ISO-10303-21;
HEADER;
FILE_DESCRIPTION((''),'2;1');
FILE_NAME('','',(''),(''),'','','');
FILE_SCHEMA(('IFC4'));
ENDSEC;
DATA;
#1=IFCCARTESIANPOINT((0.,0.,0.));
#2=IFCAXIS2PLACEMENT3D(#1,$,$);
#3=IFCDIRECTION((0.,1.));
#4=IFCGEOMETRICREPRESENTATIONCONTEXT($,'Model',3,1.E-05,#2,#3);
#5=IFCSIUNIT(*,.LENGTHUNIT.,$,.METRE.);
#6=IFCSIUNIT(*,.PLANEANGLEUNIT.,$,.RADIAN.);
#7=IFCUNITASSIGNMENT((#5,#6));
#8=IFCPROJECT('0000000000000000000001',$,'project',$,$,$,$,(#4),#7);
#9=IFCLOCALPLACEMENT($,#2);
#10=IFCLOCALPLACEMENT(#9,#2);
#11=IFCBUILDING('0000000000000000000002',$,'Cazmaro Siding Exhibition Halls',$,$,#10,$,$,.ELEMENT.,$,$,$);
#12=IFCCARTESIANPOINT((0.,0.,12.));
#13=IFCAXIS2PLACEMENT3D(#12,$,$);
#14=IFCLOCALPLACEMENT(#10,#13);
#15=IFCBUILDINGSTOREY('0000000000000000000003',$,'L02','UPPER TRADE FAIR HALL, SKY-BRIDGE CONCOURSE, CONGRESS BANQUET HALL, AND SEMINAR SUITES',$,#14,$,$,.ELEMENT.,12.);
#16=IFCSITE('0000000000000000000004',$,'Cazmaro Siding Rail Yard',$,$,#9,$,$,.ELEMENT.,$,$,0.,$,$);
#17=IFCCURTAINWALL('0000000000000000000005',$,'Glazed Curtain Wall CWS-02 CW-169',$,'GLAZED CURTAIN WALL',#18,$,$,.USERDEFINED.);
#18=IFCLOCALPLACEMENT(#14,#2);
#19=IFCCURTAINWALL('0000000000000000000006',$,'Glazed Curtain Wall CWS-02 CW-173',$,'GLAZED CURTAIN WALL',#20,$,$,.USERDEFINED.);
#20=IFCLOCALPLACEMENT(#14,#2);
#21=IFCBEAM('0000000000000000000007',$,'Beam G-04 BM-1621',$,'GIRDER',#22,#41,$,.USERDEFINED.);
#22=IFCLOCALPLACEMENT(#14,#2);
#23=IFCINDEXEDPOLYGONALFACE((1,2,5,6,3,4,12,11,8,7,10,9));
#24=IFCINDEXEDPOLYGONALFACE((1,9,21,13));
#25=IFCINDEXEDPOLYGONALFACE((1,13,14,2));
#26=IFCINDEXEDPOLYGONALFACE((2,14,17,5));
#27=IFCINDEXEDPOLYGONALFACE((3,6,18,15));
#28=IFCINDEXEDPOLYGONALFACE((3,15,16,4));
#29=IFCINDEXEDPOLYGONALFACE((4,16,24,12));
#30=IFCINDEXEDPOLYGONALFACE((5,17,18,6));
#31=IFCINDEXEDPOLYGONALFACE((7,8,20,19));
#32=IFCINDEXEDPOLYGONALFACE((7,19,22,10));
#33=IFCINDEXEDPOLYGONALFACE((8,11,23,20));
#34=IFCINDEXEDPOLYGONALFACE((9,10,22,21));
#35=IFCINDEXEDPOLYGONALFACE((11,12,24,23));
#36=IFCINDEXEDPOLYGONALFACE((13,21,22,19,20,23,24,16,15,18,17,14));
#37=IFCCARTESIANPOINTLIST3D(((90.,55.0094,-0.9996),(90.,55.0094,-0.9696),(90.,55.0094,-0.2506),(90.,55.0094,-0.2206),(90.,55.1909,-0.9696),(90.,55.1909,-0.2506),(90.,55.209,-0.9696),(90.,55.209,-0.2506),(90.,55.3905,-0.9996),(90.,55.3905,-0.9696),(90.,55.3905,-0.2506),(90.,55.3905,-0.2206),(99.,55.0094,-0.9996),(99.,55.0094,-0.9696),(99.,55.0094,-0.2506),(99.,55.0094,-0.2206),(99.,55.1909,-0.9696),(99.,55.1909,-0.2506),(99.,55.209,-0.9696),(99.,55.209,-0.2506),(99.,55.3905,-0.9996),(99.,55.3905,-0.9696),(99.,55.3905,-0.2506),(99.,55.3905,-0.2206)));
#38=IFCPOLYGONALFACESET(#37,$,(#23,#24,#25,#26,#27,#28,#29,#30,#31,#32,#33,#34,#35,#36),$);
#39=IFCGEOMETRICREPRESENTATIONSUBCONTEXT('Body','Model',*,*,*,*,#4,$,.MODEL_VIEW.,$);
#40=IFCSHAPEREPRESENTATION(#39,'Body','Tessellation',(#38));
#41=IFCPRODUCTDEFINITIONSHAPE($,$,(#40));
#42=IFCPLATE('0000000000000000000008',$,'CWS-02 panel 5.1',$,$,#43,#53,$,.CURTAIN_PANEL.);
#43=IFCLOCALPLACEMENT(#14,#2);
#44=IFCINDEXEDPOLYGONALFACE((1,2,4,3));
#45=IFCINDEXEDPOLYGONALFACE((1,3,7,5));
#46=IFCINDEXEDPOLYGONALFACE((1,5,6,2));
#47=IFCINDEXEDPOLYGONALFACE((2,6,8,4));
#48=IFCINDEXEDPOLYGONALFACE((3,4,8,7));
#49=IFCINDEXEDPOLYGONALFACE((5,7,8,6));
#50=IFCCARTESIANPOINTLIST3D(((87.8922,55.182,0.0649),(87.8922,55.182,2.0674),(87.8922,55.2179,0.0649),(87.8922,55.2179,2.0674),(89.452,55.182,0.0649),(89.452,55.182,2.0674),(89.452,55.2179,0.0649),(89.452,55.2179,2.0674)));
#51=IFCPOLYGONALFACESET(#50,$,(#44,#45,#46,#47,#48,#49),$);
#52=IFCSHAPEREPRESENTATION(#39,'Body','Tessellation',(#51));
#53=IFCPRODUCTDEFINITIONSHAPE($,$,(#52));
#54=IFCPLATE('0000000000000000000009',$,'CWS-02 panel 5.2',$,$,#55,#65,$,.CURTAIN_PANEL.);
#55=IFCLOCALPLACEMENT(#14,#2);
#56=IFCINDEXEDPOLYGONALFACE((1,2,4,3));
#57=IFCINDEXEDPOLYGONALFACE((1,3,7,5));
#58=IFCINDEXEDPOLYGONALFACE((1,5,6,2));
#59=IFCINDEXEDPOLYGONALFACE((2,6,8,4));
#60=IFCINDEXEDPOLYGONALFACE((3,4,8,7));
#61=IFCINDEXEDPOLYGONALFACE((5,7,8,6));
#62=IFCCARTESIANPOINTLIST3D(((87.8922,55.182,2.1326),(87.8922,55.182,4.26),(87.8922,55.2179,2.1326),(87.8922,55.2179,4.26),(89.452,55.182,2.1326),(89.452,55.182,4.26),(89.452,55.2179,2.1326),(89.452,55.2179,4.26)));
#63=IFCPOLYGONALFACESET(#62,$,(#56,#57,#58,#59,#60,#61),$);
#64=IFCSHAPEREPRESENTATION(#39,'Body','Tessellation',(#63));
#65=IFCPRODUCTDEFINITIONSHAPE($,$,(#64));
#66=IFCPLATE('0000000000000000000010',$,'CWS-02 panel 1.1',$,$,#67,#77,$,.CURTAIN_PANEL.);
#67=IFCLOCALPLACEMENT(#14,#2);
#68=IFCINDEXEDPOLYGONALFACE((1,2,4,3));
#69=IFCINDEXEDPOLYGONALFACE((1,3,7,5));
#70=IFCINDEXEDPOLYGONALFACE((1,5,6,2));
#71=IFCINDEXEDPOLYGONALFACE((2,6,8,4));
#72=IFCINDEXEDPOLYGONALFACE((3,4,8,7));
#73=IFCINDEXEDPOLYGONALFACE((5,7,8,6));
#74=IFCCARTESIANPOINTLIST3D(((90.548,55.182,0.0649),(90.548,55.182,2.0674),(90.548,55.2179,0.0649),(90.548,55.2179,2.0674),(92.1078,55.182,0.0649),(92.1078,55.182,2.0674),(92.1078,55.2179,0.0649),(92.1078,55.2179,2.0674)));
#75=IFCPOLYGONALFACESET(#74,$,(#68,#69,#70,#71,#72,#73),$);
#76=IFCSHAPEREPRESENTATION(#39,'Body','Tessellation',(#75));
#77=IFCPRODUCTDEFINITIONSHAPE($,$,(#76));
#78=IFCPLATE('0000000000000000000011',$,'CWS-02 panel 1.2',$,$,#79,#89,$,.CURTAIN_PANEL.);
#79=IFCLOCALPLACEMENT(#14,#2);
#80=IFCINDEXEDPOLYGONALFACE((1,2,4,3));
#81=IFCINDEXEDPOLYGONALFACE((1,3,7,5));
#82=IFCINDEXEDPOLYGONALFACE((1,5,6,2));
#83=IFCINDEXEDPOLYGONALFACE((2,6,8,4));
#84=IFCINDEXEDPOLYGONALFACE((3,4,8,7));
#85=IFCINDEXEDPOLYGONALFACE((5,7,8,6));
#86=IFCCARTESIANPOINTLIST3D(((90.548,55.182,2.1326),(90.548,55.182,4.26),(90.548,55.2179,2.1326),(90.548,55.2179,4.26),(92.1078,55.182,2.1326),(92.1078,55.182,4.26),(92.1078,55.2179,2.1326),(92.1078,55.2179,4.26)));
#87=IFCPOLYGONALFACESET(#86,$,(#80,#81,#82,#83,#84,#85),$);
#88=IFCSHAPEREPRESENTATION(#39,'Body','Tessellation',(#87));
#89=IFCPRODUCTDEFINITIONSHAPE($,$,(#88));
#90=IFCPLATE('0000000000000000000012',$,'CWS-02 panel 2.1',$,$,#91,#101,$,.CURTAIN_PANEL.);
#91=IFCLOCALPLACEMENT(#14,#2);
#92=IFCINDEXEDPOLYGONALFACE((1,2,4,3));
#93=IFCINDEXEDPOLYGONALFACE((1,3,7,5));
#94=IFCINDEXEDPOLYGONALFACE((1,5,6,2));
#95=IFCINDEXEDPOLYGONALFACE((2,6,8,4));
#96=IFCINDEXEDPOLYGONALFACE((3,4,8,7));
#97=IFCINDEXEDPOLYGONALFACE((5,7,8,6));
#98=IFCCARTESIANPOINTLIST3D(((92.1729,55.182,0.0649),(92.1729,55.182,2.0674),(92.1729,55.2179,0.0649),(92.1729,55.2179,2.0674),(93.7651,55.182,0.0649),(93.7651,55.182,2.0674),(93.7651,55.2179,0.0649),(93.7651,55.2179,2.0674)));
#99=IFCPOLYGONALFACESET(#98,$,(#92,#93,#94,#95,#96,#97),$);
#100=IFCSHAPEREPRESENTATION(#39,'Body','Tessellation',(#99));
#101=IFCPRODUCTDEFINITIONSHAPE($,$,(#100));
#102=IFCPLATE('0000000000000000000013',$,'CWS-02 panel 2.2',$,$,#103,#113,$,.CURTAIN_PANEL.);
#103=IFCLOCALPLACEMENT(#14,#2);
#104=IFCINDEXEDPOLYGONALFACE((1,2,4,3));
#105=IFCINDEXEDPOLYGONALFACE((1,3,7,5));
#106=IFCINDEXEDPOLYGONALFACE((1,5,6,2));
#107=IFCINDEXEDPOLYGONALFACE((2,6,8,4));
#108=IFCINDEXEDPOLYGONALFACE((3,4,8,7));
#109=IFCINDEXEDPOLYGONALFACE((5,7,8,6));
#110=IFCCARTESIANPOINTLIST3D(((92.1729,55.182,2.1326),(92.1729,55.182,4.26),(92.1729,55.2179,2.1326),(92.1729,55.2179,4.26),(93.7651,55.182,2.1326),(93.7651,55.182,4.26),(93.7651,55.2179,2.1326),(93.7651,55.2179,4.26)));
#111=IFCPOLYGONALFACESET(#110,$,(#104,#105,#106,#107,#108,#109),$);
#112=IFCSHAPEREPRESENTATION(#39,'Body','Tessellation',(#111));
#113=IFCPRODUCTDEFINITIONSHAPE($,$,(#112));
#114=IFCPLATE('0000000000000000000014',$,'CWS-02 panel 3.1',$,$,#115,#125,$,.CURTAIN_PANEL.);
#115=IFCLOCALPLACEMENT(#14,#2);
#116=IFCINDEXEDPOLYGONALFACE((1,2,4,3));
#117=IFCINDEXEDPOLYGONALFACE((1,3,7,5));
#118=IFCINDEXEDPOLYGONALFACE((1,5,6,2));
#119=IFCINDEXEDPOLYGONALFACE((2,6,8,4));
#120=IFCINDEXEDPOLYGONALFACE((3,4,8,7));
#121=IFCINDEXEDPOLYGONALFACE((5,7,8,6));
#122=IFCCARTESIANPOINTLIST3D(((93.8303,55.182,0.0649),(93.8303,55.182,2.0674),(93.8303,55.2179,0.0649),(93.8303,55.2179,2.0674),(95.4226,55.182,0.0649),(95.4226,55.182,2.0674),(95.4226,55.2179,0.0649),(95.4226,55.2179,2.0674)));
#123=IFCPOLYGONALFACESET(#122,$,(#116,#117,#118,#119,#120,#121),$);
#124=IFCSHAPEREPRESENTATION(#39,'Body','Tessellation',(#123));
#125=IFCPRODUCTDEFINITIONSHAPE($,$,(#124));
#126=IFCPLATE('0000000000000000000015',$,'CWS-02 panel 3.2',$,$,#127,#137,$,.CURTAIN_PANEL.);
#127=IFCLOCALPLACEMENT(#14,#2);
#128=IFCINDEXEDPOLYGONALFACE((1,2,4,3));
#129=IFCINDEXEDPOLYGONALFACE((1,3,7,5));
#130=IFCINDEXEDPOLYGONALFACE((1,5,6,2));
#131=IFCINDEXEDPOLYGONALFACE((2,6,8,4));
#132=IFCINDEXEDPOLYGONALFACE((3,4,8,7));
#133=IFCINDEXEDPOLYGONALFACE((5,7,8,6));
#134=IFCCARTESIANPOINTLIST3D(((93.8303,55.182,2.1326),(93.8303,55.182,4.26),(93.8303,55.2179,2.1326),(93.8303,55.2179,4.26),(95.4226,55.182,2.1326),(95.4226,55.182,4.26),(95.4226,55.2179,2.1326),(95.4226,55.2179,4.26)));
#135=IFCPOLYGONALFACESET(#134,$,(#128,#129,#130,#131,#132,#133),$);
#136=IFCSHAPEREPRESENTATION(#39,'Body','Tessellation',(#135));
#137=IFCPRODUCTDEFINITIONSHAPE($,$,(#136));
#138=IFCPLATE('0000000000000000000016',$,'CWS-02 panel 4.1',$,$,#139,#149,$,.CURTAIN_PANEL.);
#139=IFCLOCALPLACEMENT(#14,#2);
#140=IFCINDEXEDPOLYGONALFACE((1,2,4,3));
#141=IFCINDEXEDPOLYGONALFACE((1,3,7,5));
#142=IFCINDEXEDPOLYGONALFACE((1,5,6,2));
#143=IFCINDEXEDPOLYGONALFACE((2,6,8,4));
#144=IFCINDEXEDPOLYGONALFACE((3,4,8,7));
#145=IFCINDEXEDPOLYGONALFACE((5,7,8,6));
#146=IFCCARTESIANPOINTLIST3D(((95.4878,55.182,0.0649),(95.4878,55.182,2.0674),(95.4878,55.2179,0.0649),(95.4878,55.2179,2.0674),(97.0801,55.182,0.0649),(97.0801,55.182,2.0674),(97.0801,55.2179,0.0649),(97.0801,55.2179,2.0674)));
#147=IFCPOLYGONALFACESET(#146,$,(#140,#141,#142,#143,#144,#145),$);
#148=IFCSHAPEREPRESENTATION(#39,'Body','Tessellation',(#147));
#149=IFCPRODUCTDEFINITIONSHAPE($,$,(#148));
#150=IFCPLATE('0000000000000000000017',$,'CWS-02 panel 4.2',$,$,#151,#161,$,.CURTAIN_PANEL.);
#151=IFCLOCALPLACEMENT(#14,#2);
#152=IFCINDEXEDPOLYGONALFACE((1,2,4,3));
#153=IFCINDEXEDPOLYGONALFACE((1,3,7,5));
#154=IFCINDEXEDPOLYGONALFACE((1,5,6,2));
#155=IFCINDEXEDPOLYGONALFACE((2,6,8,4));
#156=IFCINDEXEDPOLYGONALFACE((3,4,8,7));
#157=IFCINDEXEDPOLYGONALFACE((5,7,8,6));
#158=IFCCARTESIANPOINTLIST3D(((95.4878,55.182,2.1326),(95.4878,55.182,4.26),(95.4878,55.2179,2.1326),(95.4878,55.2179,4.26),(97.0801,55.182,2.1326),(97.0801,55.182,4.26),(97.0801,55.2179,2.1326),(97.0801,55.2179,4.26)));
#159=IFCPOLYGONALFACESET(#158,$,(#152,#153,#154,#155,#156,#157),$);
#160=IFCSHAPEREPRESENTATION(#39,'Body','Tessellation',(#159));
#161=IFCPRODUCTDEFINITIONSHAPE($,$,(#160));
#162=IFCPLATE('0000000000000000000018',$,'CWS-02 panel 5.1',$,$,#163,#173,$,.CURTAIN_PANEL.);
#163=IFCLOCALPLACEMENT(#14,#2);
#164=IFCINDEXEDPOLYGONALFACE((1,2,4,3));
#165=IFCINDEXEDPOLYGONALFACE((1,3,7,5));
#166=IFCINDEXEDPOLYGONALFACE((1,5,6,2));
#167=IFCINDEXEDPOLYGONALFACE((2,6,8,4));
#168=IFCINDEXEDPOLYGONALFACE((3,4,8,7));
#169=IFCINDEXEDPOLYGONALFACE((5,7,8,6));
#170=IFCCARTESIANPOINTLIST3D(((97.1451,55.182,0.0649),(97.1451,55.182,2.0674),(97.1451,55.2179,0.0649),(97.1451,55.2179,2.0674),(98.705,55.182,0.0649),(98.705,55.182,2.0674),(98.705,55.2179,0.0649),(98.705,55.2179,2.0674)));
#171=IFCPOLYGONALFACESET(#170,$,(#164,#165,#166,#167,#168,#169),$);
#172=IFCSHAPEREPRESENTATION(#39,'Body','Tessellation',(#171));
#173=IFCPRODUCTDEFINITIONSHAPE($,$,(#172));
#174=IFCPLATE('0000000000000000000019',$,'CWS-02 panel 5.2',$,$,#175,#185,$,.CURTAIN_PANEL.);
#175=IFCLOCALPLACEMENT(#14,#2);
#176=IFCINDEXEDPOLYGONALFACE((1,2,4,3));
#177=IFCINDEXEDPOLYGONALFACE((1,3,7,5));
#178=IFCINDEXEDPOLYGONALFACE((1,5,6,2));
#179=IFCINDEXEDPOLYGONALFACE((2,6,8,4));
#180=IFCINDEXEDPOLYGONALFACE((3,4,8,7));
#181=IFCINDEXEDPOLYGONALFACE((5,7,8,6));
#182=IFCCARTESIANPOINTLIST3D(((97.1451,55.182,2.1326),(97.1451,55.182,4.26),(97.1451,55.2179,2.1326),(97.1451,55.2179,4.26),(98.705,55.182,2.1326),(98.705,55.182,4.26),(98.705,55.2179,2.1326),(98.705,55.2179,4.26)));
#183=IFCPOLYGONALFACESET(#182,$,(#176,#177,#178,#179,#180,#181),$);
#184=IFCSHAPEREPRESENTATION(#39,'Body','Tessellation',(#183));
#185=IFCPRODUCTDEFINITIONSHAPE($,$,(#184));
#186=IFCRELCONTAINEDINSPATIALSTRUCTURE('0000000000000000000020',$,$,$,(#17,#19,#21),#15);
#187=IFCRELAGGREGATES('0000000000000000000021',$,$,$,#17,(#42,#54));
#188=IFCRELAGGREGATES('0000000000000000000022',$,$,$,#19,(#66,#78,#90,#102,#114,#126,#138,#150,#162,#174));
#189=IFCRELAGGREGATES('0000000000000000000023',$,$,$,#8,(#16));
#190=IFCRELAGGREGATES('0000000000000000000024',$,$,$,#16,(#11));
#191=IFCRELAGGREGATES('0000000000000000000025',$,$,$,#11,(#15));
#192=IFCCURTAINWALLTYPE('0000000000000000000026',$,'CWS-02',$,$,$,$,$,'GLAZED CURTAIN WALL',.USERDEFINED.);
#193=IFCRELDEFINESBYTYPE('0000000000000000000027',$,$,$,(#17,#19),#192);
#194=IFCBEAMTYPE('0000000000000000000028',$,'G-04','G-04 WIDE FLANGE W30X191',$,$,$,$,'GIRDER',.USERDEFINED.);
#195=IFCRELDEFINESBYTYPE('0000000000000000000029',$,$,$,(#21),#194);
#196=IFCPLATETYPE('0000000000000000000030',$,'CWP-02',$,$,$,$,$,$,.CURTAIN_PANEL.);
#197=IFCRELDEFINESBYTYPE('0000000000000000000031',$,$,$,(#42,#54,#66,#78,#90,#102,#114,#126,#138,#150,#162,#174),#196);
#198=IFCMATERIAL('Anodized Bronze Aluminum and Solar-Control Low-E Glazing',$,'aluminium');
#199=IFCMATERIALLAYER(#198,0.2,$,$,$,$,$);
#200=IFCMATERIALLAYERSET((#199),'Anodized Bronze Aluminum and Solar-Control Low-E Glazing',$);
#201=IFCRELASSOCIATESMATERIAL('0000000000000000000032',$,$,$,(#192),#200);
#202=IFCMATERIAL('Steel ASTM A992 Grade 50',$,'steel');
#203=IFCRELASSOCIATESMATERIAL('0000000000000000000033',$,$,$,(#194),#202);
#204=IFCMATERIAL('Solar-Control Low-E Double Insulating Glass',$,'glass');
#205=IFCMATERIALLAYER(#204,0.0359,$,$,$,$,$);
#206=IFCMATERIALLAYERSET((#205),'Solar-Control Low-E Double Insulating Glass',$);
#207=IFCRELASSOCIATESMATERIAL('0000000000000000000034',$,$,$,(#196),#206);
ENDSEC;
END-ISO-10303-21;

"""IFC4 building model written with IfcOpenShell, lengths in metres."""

from ifc_helpers import new_model, si_unit, direction, frame, origin, origin_2d, place, context, subcontext, project, spatial, rectangle, i_section, extrude, material, layer, layer_set, material_profile, profile_set, type_object, element, aggregate, save


model = new_model("IFC4")

# Units and contexts
model_context = context("Model", 3, precision=1e-05, world=origin(), true_north=direction((0.0, 1.0)))
body_context = subcontext(model_context, "Body", "Model", "MODEL_VIEW")
ifc_project = project(units=[si_unit("LENGTHUNIT", "METRE"), si_unit("PLANEANGLEUNIT", "RADIAN")], contexts=[model_context])

# Site, building, storey
site_placement = place(None, origin())
site = spatial("IfcSite", under=ifc_project, at=site_placement, Name="Cazmaro Siding Rail Yard", CompositionType="ELEMENT", RefElevation=0.0)
building_placement = place(site_placement, origin())
building = spatial("IfcBuilding", under=site, at=building_placement, Name="Cazmaro Siding Exhibition Halls", CompositionType="ELEMENT")
storey_placement = place(building_placement, frame((0.0, 0.0, 12.0)))
storey = spatial("IfcBuildingStorey", under=building, at=storey_placement, Name="L02", Description="UPPER TRADE FAIR HALL, SKY-BRIDGE CONCOURSE, CONGRESS BANQUET HALL, AND SEMINAR SUITES", CompositionType="ELEMENT", Elevation=12.0)

# Curtain wall
ifc_material_1 = material(Name="Anodized Bronze Aluminum and Solar-Control Low-E Glazing", Category="aluminium")
ifc_layer_1 = layer(ifc_material_1, 0.2)
ifc_layer_set_1 = layer_set([ifc_layer_1], Name="Anodized Bronze Aluminum and Solar-Control Low-E Glazing")
curtain_wall_type = type_object("IfcCurtainWallType", Name="CWS-02", ElementType="GLAZED CURTAIN WALL", PredefinedType="USERDEFINED", material=ifc_layer_set_1)
curtain_wall_1_placement = place(storey_placement, origin())
curtain_wall_1 = element("IfcCurtainWall", 1, at=curtain_wall_1_placement, inside=storey, type_object=curtain_wall_type, Name="Glazed Curtain Wall CWS-02 CW-169", ObjectType="GLAZED CURTAIN WALL", PredefinedType="USERDEFINED")

# Curtain wall
curtain_wall_2_placement = place(storey_placement, origin())
curtain_wall_2 = element("IfcCurtainWall", 2, at=curtain_wall_2_placement, inside=storey, type_object=curtain_wall_type, Name="Glazed Curtain Wall CWS-02 CW-173", ObjectType="GLAZED CURTAIN WALL", PredefinedType="USERDEFINED")

# Beam
ifc_material_2 = material(Name="Steel ASTM A992 Grade 50", Category="steel")
ifc_material_profile_1 = material_profile(ifc_material_2, i_section(OverallWidth=0.3811, OverallDepth=0.7791, WebThickness=0.0181, FlangeThickness=0.03, at=origin_2d()), Name="W30X191")
ifc_profile_set_1 = profile_set([ifc_material_profile_1], Name="Steel ASTM A992 Grade 50")
beam_type_1 = type_object("IfcBeamType", Name="G-04", Description="G-04 WIDE FLANGE W30X191", ElementType="GIRDER", PredefinedType="USERDEFINED", material=ifc_profile_set_1)
beam_1_placement = place(storey_placement, frame((90.0, 55.2, -0.6101), z_axis=(1.0, 0.0, 0.0), x_axis=(0.0, 1.0, 0.0)))
element("IfcBeam", 3, at=beam_1_placement, inside=storey, type_object=beam_type_1, Name="Beam G-04 BM-1621", ObjectType="GIRDER", PredefinedType="USERDEFINED", context=body_context, shape_type="SweptSolid", body=[
    extrude(i_section(OverallWidth=0.3811, OverallDepth=0.7791, WebThickness=0.0181, FlangeThickness=0.03, at=origin_2d()), origin(), (0.0, 0.0, 1.0), 9.0),
])

# Plates
ifc_material_3 = material(Name="Solar-Control Low-E Double Insulating Glass", Category="glass")
ifc_layer_2 = layer(ifc_material_3, 0.0359)
ifc_layer_set_2 = layer_set([ifc_layer_2], Name="Solar-Control Low-E Double Insulating Glass")
plate_type = type_object("IfcPlateType", Name="CWP-02", PredefinedType="CURTAIN_PANEL", material=ifc_layer_set_2)
plate_1_placement = place(storey_placement, frame((88.6721, 55.2, 0.0649), z_axis=(0.0, 0.0, 1.0), x_axis=(1.0, 0.0, 0.0)))
plate_1 = element("IfcPlate", 4, at=plate_1_placement, type_object=plate_type, Name="CWS-02 panel 5.1", PredefinedType="CURTAIN_PANEL", context=body_context, shape_type="SweptSolid", body=[
    extrude(rectangle(XDim=1.5598, YDim=0.0359, at=origin_2d()), origin(), (0.0, 0.0, 1.0), 2.0024),
])
plate_2_placement = place(storey_placement, frame((88.6721, 55.2, 2.1326), z_axis=(0.0, 0.0, 1.0), x_axis=(1.0, 0.0, 0.0)))
plate_2 = element("IfcPlate", 5, at=plate_2_placement, type_object=plate_type, Name="CWS-02 panel 5.2", PredefinedType="CURTAIN_PANEL", context=body_context, shape_type="SweptSolid", body=[
    extrude(rectangle(XDim=1.5598, YDim=0.0359, at=origin_2d()), origin(), (0.0, 0.0, 1.0), 2.1274),
])
aggregate(curtain_wall_1, [plate_1, plate_2])
plate_3_placement = place(storey_placement, frame((91.3279, 55.2, 0.0649), z_axis=(0.0, 0.0, 1.0), x_axis=(1.0, 0.0, 0.0)))
plate_3 = element("IfcPlate", 6, at=plate_3_placement, type_object=plate_type, Name="CWS-02 panel 1.1", PredefinedType="CURTAIN_PANEL", context=body_context, shape_type="SweptSolid", body=[
    extrude(rectangle(XDim=1.5598, YDim=0.0359, at=origin_2d()), origin(), (0.0, 0.0, 1.0), 2.0024),
])
plate_4_placement = place(storey_placement, frame((91.3279, 55.2, 2.1326), z_axis=(0.0, 0.0, 1.0), x_axis=(1.0, 0.0, 0.0)))
plate_4 = element("IfcPlate", 7, at=plate_4_placement, type_object=plate_type, Name="CWS-02 panel 1.2", PredefinedType="CURTAIN_PANEL", context=body_context, shape_type="SweptSolid", body=[
    extrude(rectangle(XDim=1.5598, YDim=0.0359, at=origin_2d()), origin(), (0.0, 0.0, 1.0), 2.1274),
])
plate_5_placement = place(storey_placement, frame((92.969, 55.2, 0.0649), z_axis=(0.0, 0.0, 1.0), x_axis=(1.0, 0.0, 0.0)))
plate_5 = element("IfcPlate", 8, at=plate_5_placement, type_object=plate_type, Name="CWS-02 panel 2.1", PredefinedType="CURTAIN_PANEL", context=body_context, shape_type="SweptSolid", body=[
    extrude(rectangle(XDim=1.5923, YDim=0.0359, at=origin_2d()), origin(), (0.0, 0.0, 1.0), 2.0024),
])
plate_6_placement = place(storey_placement, frame((92.969, 55.2, 2.1326), z_axis=(0.0, 0.0, 1.0), x_axis=(1.0, 0.0, 0.0)))
plate_6 = element("IfcPlate", 9, at=plate_6_placement, type_object=plate_type, Name="CWS-02 panel 2.2", PredefinedType="CURTAIN_PANEL", context=body_context, shape_type="SweptSolid", body=[
    extrude(rectangle(XDim=1.5923, YDim=0.0359, at=origin_2d()), origin(), (0.0, 0.0, 1.0), 2.1274),
])
plate_7_placement = place(storey_placement, frame((94.6265, 55.2, 0.0649), z_axis=(0.0, 0.0, 1.0), x_axis=(1.0, 0.0, 0.0)))
plate_7 = element("IfcPlate", 10, at=plate_7_placement, type_object=plate_type, Name="CWS-02 panel 3.1", PredefinedType="CURTAIN_PANEL", context=body_context, shape_type="SweptSolid", body=[
    extrude(rectangle(XDim=1.5923, YDim=0.0359, at=origin_2d()), origin(), (0.0, 0.0, 1.0), 2.0024),
])
plate_8_placement = place(storey_placement, frame((94.6265, 55.2, 2.1326), z_axis=(0.0, 0.0, 1.0), x_axis=(1.0, 0.0, 0.0)))
plate_8 = element("IfcPlate", 11, at=plate_8_placement, type_object=plate_type, Name="CWS-02 panel 3.2", PredefinedType="CURTAIN_PANEL", context=body_context, shape_type="SweptSolid", body=[
    extrude(rectangle(XDim=1.5923, YDim=0.0359, at=origin_2d()), origin(), (0.0, 0.0, 1.0), 2.1274),
])
plate_9_placement = place(storey_placement, frame((96.2839, 55.2, 0.0649), z_axis=(0.0, 0.0, 1.0), x_axis=(1.0, 0.0, 0.0)))
plate_9 = element("IfcPlate", 12, at=plate_9_placement, type_object=plate_type, Name="CWS-02 panel 4.1", PredefinedType="CURTAIN_PANEL", context=body_context, shape_type="SweptSolid", body=[
    extrude(rectangle(XDim=1.5923, YDim=0.0359, at=origin_2d()), origin(), (0.0, 0.0, 1.0), 2.0024),
])
plate_10_placement = place(storey_placement, frame((96.2839, 55.2, 2.1326), z_axis=(0.0, 0.0, 1.0), x_axis=(1.0, 0.0, 0.0)))
plate_10 = element("IfcPlate", 13, at=plate_10_placement, type_object=plate_type, Name="CWS-02 panel 4.2", PredefinedType="CURTAIN_PANEL", context=body_context, shape_type="SweptSolid", body=[
    extrude(rectangle(XDim=1.5923, YDim=0.0359, at=origin_2d()), origin(), (0.0, 0.0, 1.0), 2.1274),
])
plate_11_placement = place(storey_placement, frame((97.925, 55.2, 0.0649), z_axis=(0.0, 0.0, 1.0), x_axis=(1.0, 0.0, 0.0)))
plate_11 = element("IfcPlate", 14, at=plate_11_placement, type_object=plate_type, Name="CWS-02 panel 5.1", PredefinedType="CURTAIN_PANEL", context=body_context, shape_type="SweptSolid", body=[
    extrude(rectangle(XDim=1.5598, YDim=0.0359, at=origin_2d()), origin(), (0.0, 0.0, 1.0), 2.0024),
])
plate_12_placement = place(storey_placement, frame((97.925, 55.2, 2.1326), z_axis=(0.0, 0.0, 1.0), x_axis=(1.0, 0.0, 0.0)))
plate_12 = element("IfcPlate", 15, at=plate_12_placement, type_object=plate_type, Name="CWS-02 panel 5.2", PredefinedType="CURTAIN_PANEL", context=body_context, shape_type="SweptSolid", body=[
    extrude(rectangle(XDim=1.5598, YDim=0.0359, at=origin_2d()), origin(), (0.0, 0.0, 1.0), 2.1274),
])
aggregate(curtain_wall_2, [plate_3, plate_4, plate_5, plate_6, plate_7, plate_8, plate_9, plate_10, plate_11, plate_12])

save(model, "model.ifc")
